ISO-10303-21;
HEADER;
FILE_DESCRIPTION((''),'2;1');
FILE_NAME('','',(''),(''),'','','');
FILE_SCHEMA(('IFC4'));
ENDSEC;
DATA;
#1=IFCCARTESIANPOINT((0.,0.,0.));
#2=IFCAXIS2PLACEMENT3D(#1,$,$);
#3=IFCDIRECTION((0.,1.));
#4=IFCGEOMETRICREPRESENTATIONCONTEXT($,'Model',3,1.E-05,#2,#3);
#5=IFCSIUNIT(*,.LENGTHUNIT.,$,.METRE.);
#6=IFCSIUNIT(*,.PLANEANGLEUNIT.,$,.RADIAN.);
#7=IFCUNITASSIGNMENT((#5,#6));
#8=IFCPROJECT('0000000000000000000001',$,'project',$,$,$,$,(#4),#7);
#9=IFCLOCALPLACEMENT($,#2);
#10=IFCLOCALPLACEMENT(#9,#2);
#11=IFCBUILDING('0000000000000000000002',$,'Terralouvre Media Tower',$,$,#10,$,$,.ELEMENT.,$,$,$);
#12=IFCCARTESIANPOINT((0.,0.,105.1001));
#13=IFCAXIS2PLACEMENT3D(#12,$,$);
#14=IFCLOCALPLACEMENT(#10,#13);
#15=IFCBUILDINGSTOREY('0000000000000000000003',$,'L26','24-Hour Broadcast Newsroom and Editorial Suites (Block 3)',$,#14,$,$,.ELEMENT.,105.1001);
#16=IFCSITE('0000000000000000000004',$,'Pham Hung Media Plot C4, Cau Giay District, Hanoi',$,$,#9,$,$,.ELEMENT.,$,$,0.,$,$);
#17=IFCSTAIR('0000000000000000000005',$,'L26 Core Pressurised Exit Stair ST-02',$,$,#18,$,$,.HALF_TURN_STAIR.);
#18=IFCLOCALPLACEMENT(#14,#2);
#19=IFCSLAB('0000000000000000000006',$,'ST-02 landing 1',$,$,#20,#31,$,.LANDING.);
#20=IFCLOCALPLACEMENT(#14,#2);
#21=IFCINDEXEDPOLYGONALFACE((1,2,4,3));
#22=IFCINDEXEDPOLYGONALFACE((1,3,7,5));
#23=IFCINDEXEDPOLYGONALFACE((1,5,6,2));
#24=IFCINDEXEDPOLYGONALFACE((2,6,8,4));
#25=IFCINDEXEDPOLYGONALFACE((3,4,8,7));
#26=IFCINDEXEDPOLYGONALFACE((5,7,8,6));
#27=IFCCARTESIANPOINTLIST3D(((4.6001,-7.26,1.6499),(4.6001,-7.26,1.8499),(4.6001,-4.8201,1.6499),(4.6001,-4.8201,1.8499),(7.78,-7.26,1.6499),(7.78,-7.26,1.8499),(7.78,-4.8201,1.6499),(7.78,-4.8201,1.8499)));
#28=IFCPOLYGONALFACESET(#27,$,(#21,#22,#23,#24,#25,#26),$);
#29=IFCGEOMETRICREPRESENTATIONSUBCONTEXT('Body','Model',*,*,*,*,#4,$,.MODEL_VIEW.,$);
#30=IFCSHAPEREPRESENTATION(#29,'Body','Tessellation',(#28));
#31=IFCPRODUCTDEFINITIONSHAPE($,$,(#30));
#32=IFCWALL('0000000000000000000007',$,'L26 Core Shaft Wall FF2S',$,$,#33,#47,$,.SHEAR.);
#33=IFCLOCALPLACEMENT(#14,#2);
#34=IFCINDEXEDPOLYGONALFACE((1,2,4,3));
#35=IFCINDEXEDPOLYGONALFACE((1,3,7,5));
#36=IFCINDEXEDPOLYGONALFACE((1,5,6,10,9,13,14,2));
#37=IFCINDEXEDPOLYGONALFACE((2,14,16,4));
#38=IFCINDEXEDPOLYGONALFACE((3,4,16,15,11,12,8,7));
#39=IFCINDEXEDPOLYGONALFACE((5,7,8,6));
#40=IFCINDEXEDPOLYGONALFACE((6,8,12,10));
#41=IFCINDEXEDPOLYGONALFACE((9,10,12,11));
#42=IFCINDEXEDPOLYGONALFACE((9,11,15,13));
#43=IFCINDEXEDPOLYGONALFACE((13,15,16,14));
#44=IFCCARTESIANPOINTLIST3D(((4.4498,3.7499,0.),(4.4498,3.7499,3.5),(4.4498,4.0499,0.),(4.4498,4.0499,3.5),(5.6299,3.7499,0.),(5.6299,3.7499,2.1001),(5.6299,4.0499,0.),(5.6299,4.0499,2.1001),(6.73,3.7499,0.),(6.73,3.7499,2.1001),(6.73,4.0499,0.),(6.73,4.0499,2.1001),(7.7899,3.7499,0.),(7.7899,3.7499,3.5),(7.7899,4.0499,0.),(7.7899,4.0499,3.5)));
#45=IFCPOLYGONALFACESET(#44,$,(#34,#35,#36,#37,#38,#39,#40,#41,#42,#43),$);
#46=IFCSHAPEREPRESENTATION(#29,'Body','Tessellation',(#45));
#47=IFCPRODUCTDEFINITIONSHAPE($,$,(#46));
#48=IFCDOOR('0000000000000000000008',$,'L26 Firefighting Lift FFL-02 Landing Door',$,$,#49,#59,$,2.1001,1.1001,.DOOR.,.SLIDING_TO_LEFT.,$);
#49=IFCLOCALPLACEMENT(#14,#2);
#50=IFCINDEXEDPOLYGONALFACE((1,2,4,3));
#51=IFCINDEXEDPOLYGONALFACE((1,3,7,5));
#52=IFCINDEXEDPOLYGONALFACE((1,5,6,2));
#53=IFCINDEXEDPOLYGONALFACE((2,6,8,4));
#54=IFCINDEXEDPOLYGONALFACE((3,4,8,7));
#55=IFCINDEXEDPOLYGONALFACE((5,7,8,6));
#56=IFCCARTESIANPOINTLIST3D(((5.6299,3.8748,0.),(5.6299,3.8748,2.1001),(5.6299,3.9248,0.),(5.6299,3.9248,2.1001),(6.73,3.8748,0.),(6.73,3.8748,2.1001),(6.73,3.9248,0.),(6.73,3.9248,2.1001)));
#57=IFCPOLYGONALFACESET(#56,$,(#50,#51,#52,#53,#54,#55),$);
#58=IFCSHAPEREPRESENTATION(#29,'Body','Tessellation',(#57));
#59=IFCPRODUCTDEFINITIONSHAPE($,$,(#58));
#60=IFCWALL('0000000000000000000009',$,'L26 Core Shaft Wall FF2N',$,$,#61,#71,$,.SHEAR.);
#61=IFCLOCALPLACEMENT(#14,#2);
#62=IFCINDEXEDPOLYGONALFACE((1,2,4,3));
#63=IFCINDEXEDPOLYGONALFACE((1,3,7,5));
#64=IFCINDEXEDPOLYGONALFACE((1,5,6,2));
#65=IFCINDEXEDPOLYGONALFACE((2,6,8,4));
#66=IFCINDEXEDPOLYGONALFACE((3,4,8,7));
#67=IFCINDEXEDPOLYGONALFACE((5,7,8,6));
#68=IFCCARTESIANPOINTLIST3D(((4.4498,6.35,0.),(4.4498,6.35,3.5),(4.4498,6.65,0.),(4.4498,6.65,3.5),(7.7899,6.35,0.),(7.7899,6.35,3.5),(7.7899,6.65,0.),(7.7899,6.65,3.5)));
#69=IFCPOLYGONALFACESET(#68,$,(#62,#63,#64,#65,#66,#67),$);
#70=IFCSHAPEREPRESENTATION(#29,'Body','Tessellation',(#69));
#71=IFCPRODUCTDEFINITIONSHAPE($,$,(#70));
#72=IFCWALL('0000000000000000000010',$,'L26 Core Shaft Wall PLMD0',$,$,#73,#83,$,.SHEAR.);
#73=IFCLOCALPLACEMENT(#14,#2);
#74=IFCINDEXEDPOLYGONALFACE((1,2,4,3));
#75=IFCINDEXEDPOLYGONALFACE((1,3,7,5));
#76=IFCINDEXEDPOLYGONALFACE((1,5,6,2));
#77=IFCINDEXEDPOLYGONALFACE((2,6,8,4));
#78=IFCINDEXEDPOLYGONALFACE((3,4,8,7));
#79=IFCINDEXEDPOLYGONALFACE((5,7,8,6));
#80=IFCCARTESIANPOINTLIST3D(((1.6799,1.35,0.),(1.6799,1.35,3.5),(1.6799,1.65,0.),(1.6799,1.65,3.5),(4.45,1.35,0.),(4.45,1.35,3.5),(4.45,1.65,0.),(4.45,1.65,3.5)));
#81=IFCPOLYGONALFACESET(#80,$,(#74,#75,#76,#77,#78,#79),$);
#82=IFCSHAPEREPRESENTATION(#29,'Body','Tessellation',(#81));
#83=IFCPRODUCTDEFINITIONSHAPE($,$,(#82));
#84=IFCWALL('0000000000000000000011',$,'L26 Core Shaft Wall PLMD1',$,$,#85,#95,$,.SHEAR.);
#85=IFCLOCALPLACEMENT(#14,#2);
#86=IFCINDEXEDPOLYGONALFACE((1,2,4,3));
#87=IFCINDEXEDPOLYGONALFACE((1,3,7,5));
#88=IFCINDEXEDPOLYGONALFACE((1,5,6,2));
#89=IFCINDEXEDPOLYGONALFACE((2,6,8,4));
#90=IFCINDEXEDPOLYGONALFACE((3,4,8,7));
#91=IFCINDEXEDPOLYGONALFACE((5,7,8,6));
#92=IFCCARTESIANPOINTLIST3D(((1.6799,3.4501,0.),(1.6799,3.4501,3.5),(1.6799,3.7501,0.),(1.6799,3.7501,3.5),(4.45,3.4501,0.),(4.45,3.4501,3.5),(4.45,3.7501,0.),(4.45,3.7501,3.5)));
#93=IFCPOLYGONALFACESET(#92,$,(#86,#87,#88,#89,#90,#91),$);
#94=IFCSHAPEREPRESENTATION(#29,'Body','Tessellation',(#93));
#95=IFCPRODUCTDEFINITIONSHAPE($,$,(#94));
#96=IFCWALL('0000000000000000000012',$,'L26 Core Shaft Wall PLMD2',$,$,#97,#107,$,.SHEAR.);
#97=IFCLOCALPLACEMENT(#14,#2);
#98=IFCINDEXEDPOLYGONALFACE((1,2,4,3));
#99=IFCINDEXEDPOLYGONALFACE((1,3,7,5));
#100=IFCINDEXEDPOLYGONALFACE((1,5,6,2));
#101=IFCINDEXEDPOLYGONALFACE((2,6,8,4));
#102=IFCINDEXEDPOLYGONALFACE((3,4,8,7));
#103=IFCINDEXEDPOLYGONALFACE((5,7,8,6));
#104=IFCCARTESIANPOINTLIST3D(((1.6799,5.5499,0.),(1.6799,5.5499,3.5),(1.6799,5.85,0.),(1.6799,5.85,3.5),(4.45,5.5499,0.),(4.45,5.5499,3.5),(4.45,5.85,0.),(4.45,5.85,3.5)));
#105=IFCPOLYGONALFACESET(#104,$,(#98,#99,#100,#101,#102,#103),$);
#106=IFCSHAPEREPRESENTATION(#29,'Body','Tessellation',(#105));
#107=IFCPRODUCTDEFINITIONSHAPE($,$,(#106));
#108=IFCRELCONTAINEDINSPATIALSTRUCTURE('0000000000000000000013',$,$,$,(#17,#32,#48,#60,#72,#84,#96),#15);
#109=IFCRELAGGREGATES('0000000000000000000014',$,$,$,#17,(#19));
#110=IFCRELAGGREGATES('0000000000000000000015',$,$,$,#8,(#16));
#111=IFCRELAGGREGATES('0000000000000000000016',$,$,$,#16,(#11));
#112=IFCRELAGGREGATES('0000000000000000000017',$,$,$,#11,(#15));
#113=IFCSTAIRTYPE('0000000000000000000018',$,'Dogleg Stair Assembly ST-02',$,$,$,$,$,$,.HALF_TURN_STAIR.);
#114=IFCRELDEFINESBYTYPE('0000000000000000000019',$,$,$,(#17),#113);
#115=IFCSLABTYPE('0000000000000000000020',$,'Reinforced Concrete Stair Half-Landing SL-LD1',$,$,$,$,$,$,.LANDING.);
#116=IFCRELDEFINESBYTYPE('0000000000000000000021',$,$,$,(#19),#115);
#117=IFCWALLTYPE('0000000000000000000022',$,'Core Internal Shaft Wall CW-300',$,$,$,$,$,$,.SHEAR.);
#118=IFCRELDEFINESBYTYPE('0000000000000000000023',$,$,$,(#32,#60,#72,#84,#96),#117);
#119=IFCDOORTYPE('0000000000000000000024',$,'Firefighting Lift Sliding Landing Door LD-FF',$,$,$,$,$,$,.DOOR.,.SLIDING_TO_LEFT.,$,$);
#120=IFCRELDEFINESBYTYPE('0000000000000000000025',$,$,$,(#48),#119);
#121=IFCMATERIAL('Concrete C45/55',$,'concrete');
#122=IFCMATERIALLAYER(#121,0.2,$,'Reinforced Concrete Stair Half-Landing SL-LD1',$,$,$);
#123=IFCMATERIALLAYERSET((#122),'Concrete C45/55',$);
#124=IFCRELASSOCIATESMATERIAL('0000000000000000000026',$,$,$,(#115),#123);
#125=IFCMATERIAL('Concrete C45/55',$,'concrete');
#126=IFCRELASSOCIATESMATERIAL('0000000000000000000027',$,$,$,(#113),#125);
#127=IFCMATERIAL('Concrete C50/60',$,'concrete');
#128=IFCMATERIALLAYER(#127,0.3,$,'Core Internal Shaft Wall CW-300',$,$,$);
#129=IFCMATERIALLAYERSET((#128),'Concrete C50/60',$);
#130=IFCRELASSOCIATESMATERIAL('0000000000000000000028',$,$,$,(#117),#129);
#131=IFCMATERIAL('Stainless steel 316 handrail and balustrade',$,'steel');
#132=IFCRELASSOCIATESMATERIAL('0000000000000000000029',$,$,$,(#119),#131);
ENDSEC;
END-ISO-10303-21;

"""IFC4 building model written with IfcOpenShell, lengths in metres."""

from ifc_helpers import new_model, si_unit, direction, frame, frame_2d, origin, place, context, subcontext, project, spatial, polyline, rectangle, outline, extrude, material, layer, layer_set, type_object, element, fill, aggregate, save


model = new_model("IFC4")

# Units and contexts
model_context = context("Model", 3, precision=1e-05, world=origin(), true_north=direction((0.0, 1.0)))
body_context = subcontext(model_context, "Body", "Model", "MODEL_VIEW")
ifc_project = project(units=[si_unit("LENGTHUNIT", "METRE"), si_unit("PLANEANGLEUNIT", "RADIAN")], contexts=[model_context])

# Site, building, storey
site_placement = place(None, origin())
site = spatial("IfcSite", under=ifc_project, at=site_placement, Name="Pham Hung Media Plot C4, Cau Giay District, Hanoi", CompositionType="ELEMENT", RefElevation=0.0)
building_placement = place(site_placement, origin())
building = spatial("IfcBuilding", under=site, at=building_placement, Name="Terralouvre Media Tower", CompositionType="ELEMENT")
storey_placement = place(building_placement, frame((0.0, 0.0, 105.1001)))
storey = spatial("IfcBuildingStorey", under=building, at=storey_placement, Name="L26", Description="24-Hour Broadcast Newsroom and Editorial Suites (Block 3)", CompositionType="ELEMENT", Elevation=105.1001)

# Stair, slab
ifc_material_1 = material(Name="Concrete C45/55", Category="concrete")
ifc_layer_1 = layer(ifc_material_1, 0.2, Name="Reinforced Concrete Stair Half-Landing SL-LD1")
ifc_layer_set_1 = layer_set([ifc_layer_1], Name="Concrete C45/55")
slab_type = type_object("IfcSlabType", Name="Reinforced Concrete Stair Half-Landing SL-LD1", PredefinedType="LANDING", material=ifc_layer_set_1)
ifc_material_2 = material(Name="Concrete C45/55", Category="concrete")
stair_type_1 = type_object("IfcStairType", Name="Dogleg Stair Assembly ST-02", PredefinedType="HALF_TURN_STAIR", material=ifc_material_2)
stair_1_placement = place(storey_placement, origin())
stair_1 = element("IfcStair", 1, at=stair_1_placement, inside=storey, type_object=stair_type_1, Name="L26 Core Pressurised Exit Stair ST-02", PredefinedType="HALF_TURN_STAIR")
slab_1_placement = place(storey_placement, frame((0.0, 0.0, 1.6499)))
slab_1 = element("IfcSlab", 2, at=slab_1_placement, type_object=slab_type, Name="ST-02 landing 1", PredefinedType="LANDING", context=body_context, shape_type="SweptSolid", body=[
    extrude(outline(polyline([(4.6001, -4.8201), (4.6001, -7.26), (7.78, -7.26), (7.78, -4.8201), (4.6001, -4.8201)])), origin(), (0.0, 0.0, 1.0), 0.2),
])
aggregate(stair_1, [slab_1])

# Wall, opening, door
ifc_material_3 = material(Name="Concrete C50/60", Category="concrete")
ifc_layer_2 = layer(ifc_material_3, 0.3, Name="Core Internal Shaft Wall CW-300")
ifc_layer_set_2 = layer_set([ifc_layer_2], Name="Concrete C50/60")
wall_type = type_object("IfcWallType", Name="Core Internal Shaft Wall CW-300", PredefinedType="SHEAR", material=ifc_layer_set_2)
wall_1_placement = place(storey_placement, frame((4.45, 3.8999, 0.0), z_axis=(0.0, 0.0, 1.0), x_axis=(1.0, 0.0, 0.0)))
wall_1 = element("IfcWall", 3, at=wall_1_placement, inside=storey, type_object=wall_type, Name="L26 Core Shaft Wall FF2S", PredefinedType="SHEAR", context=body_context, shape_type="SweptSolid", body=[
    extrude(rectangle(XDim=3.3401, YDim=0.3, at=frame_2d((1.6699, 0.0))), origin(), (0.0, 0.0, 1.0), 3.5),
])
opening_placement = place(wall_1_placement, frame((1.1799, 0.0, 0.0)))
opening = element("IfcOpeningElement", 4, at=opening_placement, cuts=wall_1, PredefinedType="OPENING", context=body_context, shape_type="SweptSolid", body=[
    extrude(rectangle(XDim=1.1001, YDim=2.1001, at=frame_2d((0.55, 1.05))), frame((0.0, 0.1599, 0.0), z_axis=(0.0, -1.0, 0.0), x_axis=(1.0, 0.0, 0.0)), (0.0, 0.0, 1.0), 0.3201),
])
ifc_material_4 = material(Name="Stainless steel 316 handrail and balustrade", Category="steel")
door_type = type_object("IfcDoorType", Name="Firefighting Lift Sliding Landing Door LD-FF", OperationType="SLIDING_TO_LEFT", PredefinedType="DOOR", material=ifc_material_4)
door_placement = place(opening_placement, origin())
door = element("IfcDoor", 5, at=door_placement, inside=storey, type_object=door_type, Name="L26 Firefighting Lift FFL-02 Landing Door", OperationType="SLIDING_TO_LEFT", OverallHeight=2.1001, OverallWidth=1.1001, PredefinedType="DOOR", context=body_context, shape_type="SweptSolid", body=[
    extrude(rectangle(XDim=1.1001, YDim=2.1001, at=frame_2d((0.55, 1.05))), frame((0.0, 0.0249, 0.0), z_axis=(0.0, -1.0, 0.0), x_axis=(1.0, 0.0, 0.0)), (0.0, 0.0, 1.0), 0.05),
])
fill(opening, door)

# Walls
wall_2_placement = place(storey_placement, frame((4.45, 6.5, 0.0), z_axis=(0.0, 0.0, 1.0), x_axis=(1.0, 0.0, 0.0)))
element("IfcWall", 6, at=wall_2_placement, inside=storey, type_object=wall_type, Name="L26 Core Shaft Wall FF2N", PredefinedType="SHEAR", context=body_context, shape_type="SweptSolid", body=[
    extrude(rectangle(XDim=3.3401, YDim=0.3, at=frame_2d((1.6699, 0.0))), origin(), (0.0, 0.0, 1.0), 3.5),
])
for number, where, z_axis, x_axis, name in (
    (7, (1.6799, 1.5, 0.0), (0.0, 0.0, 1.0), (1.0, 0.0, 0.0), "L26 Core Shaft Wall PLMD0"),
    (8, (1.6799, 3.6001, 0.0), (0.0, 0.0, 1.0), (1.0, 0.0, 0.0), "L26 Core Shaft Wall PLMD1"),
    (9, (1.6799, 5.7, 0.0), (0.0, 0.0, 1.0), (1.0, 0.0, 0.0), "L26 Core Shaft Wall PLMD2"),
):
    element("IfcWall", number, at=place(storey_placement, frame(where, z_axis=z_axis, x_axis=x_axis)), inside=storey, type_object=wall_type, Name=name, PredefinedType="SHEAR", context=body_context, shape_type="SweptSolid", body=[
        extrude(rectangle(XDim=2.77, YDim=0.3, at=frame_2d((1.385, 0.0))), origin(), (0.0, 0.0, 1.0), 3.5),
    ])

save(model, "model.ifc")
